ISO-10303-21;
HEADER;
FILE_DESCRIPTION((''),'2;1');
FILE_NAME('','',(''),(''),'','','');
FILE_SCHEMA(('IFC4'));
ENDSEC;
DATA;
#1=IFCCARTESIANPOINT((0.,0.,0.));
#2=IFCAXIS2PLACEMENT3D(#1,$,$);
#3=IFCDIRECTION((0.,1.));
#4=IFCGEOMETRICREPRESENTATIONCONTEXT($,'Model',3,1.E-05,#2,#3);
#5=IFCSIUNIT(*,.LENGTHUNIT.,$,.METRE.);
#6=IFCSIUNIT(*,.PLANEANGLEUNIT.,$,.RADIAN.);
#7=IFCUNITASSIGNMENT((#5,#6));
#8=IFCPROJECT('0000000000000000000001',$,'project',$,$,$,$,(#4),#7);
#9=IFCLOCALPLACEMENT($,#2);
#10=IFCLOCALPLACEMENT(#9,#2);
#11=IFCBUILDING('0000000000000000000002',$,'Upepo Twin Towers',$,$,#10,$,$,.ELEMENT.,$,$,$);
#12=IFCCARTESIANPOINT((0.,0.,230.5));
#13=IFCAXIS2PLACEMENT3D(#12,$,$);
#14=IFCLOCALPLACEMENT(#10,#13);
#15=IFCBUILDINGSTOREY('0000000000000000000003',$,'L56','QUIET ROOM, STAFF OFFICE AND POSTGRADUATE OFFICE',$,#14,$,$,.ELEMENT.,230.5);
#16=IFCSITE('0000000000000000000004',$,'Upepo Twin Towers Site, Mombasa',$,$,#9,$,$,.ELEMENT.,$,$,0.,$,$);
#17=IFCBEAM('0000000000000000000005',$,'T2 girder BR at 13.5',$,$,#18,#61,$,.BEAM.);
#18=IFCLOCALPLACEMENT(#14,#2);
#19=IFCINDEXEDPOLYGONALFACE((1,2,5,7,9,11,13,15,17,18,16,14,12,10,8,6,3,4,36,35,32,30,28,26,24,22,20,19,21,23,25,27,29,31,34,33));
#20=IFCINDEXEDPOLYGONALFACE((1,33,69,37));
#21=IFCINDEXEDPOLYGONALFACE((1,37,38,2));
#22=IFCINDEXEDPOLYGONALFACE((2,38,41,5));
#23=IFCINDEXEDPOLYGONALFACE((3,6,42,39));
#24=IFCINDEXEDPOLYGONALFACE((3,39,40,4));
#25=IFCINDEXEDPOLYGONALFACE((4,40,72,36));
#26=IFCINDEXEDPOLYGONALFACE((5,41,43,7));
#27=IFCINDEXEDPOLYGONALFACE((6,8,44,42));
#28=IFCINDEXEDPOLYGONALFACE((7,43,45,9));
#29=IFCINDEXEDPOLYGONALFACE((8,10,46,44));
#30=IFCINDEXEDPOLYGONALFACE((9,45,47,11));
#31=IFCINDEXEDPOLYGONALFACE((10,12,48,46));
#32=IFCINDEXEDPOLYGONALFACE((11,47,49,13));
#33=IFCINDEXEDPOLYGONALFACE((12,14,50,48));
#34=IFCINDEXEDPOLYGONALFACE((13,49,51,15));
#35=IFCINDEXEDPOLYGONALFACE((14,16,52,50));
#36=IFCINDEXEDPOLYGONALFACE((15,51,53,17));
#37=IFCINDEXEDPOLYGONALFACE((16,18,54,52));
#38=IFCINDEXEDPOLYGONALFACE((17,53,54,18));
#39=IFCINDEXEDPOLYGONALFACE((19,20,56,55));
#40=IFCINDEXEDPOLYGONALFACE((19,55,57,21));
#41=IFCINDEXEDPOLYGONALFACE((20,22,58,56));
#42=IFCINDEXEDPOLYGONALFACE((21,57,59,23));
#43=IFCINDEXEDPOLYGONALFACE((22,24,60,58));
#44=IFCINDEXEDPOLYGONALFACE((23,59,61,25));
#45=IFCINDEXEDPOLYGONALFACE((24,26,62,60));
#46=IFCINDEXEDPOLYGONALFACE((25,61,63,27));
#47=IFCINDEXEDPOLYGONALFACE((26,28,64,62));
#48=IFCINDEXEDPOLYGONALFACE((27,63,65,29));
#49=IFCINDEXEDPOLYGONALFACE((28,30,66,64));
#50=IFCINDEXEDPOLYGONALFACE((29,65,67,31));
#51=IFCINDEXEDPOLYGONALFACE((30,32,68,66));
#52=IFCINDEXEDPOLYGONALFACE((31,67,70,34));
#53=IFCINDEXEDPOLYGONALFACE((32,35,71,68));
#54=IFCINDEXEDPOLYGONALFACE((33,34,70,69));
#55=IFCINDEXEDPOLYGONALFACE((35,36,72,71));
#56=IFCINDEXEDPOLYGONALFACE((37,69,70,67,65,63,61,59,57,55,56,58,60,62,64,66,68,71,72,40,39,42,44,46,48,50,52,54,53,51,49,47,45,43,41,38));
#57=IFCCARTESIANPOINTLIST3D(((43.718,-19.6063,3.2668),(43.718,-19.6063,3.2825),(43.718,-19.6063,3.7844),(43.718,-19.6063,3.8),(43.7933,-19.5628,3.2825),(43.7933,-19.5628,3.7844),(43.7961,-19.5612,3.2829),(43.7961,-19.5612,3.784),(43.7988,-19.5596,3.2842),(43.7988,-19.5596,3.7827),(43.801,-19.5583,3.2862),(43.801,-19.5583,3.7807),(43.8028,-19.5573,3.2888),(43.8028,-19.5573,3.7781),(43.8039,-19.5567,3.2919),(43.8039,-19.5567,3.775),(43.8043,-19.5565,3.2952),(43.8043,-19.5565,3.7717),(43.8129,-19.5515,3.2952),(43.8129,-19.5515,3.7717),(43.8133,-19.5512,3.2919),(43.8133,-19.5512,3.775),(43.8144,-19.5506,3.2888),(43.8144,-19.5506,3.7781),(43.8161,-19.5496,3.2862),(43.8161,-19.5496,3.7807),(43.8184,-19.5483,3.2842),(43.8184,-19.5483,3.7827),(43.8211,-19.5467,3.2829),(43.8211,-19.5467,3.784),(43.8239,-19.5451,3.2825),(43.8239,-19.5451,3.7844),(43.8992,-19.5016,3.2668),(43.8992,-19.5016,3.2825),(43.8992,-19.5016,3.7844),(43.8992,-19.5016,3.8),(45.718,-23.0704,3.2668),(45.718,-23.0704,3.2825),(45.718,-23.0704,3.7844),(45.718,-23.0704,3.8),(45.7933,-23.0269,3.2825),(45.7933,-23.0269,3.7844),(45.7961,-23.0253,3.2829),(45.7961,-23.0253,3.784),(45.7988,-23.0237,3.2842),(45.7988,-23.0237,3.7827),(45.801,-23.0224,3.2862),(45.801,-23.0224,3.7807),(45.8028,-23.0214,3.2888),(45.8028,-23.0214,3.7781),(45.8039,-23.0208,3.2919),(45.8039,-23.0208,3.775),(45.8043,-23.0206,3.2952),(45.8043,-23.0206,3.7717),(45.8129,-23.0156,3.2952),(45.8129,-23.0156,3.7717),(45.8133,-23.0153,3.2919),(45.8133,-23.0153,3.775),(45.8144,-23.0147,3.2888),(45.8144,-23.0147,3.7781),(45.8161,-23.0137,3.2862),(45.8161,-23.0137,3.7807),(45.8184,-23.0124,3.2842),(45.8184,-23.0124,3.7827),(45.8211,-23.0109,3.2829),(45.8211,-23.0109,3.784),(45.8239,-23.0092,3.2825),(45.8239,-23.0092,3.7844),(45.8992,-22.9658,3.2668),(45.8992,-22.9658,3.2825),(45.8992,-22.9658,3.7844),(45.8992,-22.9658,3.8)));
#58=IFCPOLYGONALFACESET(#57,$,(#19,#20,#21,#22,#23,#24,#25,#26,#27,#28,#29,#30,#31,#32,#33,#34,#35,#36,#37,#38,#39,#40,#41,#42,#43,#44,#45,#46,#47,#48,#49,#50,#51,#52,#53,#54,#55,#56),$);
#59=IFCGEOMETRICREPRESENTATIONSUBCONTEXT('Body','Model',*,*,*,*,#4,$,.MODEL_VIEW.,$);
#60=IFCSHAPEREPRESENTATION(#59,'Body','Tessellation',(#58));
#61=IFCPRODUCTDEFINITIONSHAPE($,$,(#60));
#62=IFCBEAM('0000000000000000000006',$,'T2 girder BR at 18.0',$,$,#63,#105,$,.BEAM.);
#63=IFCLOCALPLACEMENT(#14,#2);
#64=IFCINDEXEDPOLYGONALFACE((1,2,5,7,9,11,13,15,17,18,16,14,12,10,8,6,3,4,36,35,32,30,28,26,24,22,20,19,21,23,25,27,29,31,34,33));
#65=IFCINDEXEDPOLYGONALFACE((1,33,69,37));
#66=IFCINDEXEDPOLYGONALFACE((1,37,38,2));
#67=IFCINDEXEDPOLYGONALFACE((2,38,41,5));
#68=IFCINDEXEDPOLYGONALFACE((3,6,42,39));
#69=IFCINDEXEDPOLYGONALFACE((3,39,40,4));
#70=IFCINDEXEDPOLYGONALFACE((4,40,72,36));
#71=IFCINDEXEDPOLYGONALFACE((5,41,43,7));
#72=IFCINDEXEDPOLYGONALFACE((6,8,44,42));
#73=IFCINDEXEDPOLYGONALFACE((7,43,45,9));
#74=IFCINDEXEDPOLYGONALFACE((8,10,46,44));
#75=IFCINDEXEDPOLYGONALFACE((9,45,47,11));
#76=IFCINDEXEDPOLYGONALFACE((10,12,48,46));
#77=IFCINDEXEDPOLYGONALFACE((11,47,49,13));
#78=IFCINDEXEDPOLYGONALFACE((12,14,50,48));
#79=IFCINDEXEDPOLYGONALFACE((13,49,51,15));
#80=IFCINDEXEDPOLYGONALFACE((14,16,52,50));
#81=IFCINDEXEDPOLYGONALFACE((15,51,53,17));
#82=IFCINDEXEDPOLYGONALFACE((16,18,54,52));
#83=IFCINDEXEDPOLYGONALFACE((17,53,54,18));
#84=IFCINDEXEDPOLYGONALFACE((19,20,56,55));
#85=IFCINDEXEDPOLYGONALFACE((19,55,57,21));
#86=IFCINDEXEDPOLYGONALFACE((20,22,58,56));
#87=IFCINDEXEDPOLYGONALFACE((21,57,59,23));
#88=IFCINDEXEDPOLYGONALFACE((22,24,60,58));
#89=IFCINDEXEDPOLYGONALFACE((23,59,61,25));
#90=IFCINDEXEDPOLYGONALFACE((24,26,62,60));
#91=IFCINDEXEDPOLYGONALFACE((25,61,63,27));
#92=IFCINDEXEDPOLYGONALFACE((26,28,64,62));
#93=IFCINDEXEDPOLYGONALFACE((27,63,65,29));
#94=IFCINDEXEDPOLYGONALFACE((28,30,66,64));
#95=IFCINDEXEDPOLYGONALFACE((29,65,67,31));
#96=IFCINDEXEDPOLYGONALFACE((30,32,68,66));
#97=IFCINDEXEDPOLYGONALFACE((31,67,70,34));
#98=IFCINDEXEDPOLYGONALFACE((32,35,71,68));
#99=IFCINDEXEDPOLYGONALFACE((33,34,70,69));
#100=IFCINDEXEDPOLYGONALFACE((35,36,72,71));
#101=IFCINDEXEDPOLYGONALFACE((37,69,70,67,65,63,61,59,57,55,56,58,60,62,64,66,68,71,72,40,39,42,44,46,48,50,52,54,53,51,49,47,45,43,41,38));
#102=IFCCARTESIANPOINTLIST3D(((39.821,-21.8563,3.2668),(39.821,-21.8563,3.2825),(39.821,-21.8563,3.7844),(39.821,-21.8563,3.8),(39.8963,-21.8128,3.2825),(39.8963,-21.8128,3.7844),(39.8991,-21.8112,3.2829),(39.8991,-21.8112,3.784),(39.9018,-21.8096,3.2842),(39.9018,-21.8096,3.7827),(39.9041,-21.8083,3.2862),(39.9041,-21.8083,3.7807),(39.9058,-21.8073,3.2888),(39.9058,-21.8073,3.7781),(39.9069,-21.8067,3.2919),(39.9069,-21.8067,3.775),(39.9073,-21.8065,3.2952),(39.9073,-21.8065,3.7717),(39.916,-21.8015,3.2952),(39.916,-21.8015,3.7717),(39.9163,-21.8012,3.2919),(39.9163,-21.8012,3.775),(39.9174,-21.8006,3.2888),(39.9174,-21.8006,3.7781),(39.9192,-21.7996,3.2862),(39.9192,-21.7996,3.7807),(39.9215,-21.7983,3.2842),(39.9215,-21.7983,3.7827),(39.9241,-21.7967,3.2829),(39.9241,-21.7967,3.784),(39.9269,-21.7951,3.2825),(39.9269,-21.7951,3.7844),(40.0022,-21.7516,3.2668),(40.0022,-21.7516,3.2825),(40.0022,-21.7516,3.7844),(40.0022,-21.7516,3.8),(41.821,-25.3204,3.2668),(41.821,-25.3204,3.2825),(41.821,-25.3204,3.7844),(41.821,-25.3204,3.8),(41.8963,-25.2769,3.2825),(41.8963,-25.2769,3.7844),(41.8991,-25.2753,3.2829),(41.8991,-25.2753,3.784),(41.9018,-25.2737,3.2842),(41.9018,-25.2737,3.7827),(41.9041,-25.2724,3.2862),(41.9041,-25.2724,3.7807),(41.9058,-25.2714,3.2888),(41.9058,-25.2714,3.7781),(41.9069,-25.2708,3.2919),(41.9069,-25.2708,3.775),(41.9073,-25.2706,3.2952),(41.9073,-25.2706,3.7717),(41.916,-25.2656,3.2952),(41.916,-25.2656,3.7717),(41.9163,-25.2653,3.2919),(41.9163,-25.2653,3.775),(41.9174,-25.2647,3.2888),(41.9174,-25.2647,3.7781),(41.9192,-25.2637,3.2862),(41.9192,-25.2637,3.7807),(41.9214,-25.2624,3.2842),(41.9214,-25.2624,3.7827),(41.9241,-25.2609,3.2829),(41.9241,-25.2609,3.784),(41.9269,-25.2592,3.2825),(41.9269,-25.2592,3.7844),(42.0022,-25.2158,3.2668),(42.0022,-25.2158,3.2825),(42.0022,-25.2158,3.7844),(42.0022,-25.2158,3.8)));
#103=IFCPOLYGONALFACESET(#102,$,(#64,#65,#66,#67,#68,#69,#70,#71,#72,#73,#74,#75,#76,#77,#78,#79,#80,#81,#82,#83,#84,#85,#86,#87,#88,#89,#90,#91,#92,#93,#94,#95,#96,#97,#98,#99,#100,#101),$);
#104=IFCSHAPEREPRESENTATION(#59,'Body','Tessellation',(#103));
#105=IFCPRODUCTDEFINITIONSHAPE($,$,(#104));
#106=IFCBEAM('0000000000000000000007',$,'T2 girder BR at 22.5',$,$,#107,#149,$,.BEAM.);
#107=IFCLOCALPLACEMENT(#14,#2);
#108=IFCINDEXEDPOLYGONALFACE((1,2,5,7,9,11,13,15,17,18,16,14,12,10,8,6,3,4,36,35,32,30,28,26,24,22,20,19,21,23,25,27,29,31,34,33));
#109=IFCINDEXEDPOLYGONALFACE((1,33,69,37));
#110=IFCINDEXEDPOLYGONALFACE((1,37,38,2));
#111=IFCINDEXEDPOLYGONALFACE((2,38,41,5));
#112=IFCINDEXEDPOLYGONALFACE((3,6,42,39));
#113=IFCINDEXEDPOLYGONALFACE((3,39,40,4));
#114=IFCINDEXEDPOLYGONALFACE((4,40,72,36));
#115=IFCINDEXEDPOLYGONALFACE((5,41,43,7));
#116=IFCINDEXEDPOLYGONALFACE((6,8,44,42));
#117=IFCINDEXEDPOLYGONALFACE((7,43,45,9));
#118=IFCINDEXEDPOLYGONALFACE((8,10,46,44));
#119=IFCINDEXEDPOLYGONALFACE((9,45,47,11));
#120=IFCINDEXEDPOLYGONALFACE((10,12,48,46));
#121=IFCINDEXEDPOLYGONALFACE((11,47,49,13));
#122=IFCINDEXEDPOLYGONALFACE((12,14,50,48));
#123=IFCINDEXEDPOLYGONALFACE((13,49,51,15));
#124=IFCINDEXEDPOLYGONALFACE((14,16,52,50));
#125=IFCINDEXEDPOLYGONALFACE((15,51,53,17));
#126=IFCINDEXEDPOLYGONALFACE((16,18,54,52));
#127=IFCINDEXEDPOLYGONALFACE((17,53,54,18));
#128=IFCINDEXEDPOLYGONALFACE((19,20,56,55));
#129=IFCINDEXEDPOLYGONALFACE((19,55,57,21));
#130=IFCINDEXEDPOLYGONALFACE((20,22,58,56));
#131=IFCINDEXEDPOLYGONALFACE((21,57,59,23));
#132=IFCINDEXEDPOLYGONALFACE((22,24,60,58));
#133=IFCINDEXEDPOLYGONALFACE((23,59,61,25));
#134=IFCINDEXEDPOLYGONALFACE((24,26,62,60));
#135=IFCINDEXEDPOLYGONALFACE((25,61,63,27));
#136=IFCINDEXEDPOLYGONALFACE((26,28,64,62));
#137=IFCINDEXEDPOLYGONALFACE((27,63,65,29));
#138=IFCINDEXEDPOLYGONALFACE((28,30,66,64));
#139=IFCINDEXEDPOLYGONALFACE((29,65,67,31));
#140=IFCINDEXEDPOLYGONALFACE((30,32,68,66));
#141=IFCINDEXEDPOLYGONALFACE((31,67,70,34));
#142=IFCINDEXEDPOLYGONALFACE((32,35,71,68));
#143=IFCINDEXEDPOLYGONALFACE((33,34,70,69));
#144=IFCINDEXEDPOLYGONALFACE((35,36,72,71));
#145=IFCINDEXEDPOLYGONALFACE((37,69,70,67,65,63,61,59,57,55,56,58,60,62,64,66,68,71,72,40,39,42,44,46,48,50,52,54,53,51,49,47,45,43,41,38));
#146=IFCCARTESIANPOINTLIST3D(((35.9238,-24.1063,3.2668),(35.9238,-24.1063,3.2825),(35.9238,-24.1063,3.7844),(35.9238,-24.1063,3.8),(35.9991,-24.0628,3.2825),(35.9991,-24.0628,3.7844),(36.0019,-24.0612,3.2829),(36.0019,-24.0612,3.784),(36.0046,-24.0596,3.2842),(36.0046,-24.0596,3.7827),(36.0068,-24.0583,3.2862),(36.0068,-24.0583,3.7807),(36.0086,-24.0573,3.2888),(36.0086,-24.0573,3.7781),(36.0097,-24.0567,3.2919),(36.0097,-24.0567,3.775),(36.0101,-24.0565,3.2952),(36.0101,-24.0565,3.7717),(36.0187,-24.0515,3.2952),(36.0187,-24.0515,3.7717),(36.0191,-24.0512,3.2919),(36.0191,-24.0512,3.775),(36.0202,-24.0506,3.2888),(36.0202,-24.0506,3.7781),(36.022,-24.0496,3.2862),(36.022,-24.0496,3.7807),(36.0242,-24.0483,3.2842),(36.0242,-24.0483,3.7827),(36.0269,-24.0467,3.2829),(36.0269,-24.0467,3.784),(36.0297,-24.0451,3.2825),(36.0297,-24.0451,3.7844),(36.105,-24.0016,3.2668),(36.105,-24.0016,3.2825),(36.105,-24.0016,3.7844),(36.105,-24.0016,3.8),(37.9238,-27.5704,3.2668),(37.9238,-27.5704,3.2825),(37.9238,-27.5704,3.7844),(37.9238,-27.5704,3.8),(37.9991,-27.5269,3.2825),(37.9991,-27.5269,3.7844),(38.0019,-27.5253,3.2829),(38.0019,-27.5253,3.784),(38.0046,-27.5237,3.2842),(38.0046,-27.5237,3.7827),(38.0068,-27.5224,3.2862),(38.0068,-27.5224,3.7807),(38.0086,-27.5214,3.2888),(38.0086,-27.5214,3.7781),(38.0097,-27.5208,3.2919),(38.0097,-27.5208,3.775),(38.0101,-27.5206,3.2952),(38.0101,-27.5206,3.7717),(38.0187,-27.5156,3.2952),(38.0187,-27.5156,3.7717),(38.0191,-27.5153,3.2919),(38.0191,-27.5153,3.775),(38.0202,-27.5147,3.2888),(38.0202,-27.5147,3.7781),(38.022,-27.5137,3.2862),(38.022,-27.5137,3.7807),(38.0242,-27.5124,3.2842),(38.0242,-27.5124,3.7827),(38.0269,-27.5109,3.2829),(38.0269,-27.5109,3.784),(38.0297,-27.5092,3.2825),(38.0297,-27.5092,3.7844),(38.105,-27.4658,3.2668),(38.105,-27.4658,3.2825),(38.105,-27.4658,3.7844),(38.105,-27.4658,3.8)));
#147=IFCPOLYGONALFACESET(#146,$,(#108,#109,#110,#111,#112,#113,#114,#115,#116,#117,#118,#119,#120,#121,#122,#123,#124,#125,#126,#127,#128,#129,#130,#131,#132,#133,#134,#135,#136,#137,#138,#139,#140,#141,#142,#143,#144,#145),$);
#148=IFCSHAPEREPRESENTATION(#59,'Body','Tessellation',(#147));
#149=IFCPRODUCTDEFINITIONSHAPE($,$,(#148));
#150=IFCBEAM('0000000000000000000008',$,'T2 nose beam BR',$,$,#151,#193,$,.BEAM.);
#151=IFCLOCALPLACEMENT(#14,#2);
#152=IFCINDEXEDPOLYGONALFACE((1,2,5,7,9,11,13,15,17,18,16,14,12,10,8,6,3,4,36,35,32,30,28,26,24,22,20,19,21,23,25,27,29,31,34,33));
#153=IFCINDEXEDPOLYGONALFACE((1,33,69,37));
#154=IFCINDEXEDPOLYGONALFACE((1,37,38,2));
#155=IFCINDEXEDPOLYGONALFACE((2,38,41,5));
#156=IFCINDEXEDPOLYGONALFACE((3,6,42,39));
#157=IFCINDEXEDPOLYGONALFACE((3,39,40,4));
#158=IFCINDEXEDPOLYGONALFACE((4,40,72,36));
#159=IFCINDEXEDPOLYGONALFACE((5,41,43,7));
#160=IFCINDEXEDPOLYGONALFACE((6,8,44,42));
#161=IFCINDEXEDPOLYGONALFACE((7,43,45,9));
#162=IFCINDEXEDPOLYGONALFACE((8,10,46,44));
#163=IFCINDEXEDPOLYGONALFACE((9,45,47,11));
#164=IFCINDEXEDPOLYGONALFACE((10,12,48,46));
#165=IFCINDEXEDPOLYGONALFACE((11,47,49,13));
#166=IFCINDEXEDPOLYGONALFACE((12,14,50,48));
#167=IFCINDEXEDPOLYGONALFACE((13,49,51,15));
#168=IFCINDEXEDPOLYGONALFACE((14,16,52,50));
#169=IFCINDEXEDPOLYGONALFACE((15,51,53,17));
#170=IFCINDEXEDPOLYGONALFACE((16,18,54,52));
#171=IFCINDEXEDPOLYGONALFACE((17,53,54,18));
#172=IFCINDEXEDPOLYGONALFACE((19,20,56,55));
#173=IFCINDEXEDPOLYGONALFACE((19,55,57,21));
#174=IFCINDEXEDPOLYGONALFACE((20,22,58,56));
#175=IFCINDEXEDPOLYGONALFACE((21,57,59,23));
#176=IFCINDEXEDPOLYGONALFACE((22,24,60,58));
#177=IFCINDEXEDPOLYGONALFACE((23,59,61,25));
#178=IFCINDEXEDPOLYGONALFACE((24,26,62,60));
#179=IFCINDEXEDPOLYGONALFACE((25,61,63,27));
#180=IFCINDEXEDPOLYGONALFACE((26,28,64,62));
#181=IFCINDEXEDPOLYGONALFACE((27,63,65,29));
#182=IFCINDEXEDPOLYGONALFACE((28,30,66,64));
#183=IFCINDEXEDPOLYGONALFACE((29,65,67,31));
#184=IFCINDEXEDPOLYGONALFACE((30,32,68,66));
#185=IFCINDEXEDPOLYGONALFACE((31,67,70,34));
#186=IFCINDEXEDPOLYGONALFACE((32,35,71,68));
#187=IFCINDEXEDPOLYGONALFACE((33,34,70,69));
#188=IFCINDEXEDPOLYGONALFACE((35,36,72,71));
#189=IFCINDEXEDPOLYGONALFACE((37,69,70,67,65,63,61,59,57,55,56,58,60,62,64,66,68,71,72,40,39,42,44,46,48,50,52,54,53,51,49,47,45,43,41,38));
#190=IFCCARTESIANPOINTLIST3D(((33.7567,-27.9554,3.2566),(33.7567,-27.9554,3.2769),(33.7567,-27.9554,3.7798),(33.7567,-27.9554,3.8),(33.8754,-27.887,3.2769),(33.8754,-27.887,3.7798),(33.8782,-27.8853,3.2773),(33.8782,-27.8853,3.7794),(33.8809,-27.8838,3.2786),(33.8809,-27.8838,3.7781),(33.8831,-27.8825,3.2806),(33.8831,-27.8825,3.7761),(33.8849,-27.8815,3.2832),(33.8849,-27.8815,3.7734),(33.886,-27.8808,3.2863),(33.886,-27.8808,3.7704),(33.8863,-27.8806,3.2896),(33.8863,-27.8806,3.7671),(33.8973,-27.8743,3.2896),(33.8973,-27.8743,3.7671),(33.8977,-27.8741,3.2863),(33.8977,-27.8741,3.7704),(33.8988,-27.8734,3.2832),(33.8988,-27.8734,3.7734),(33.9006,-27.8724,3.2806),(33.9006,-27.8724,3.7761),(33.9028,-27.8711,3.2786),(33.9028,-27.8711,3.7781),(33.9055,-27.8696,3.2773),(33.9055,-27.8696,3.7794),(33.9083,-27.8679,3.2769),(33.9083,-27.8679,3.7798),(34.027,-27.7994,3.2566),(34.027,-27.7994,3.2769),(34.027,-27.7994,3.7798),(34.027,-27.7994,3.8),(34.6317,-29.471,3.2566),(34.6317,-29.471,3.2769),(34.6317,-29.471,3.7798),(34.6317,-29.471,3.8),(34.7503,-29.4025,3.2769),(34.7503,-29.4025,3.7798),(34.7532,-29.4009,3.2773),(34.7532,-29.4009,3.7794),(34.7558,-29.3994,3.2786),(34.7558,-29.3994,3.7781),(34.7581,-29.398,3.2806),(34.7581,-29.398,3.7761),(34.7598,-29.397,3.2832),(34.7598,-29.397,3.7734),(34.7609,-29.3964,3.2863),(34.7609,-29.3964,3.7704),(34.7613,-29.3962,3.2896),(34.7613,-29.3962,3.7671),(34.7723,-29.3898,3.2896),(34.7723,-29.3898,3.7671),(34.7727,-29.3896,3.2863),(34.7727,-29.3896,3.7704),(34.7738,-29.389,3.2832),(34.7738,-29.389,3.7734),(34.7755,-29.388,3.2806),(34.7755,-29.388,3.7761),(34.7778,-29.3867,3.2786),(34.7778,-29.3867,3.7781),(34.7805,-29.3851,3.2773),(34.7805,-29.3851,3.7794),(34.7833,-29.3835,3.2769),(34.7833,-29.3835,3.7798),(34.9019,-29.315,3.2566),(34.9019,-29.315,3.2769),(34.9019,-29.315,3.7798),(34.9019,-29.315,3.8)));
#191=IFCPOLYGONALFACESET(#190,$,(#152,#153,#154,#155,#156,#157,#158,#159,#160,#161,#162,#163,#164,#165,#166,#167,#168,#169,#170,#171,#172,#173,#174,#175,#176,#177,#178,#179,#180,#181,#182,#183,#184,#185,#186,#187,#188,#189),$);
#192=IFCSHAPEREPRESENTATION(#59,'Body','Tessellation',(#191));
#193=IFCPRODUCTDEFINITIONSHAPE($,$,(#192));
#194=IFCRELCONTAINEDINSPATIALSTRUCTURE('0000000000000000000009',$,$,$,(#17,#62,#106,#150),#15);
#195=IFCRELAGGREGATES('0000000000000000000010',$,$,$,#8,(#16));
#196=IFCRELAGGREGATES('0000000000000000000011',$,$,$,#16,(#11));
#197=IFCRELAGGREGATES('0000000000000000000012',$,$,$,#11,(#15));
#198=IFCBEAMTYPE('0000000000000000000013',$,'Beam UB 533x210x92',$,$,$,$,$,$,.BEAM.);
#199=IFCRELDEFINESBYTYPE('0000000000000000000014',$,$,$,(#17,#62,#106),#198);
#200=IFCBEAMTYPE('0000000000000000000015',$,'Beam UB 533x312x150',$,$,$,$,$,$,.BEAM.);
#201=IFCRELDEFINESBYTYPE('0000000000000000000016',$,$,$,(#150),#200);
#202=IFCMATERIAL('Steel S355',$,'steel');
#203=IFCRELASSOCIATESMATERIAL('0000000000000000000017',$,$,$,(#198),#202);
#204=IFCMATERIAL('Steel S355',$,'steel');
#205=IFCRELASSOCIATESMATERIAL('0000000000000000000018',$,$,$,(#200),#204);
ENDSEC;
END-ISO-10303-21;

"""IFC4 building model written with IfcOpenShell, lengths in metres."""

from ifc_helpers import new_model, si_unit, direction, frame, origin, origin_2d, place, context, subcontext, project, spatial, i_section, extrude, material, material_profile, profile_set, type_object, element, save


model = new_model("IFC4")

# Units and contexts
model_context = context("Model", 3, precision=1e-05, world=origin(), true_north=direction((0.0, 1.0)))
body_context = subcontext(model_context, "Body", "Model", "MODEL_VIEW")
ifc_project = project(units=[si_unit("LENGTHUNIT", "METRE"), si_unit("PLANEANGLEUNIT", "RADIAN")], contexts=[model_context])

# Site, building, storey
site_placement = place(None, origin())
site = spatial("IfcSite", under=ifc_project, at=site_placement, Name="Upepo Twin Towers Site, Mombasa", CompositionType="ELEMENT", RefElevation=0.0)
building_placement = place(site_placement, origin())
building = spatial("IfcBuilding", under=site, at=building_placement, Name="Upepo Twin Towers", CompositionType="ELEMENT")
storey_placement = place(building_placement, frame((0.0, 0.0, 230.5)))
storey = spatial("IfcBuildingStorey", under=building, at=storey_placement, Name="L56", Description="QUIET ROOM, STAFF OFFICE AND POSTGRADUATE OFFICE", CompositionType="ELEMENT", Elevation=230.5)

# Beams
ifc_material_1 = material(Name="Steel S355", Category="steel")
ifc_material_profile_1 = material_profile(ifc_material_1, i_section(OverallWidth=0.2092, OverallDepth=0.5332, WebThickness=0.01, FlangeThickness=0.0156, FilletRadius=0.0127, at=origin_2d()), Name="UB 533x210x92")
ifc_profile_set_1 = profile_set([ifc_material_profile_1], Name="Steel S355")
beam_type_1 = type_object("IfcBeamType", Name="Beam UB 533x210x92", PredefinedType="BEAM", material=ifc_profile_set_1)
for number, where, z_axis, x_axis, name in (
    (1, (43.8086, -19.554, 3.5334), (0.499999, -0.866026, 0.0), (0.866026, 0.499999, 0.0), "T2 girder BR at 13.5"),
    (2, (39.9116, -21.804, 3.5334), (0.499999, -0.866026, 0.0), (0.866026, 0.499999, 0.0), "T2 girder BR at 18.0"),
    (3, (36.0144, -24.054, 3.5334), (0.499999, -0.866026, 0.0), (0.866026, 0.499999, 0.0), "T2 girder BR at 22.5"),
):
    element("IfcBeam", number, at=place(storey_placement, frame(where, z_axis=z_axis, x_axis=x_axis)), inside=storey, type_object=beam_type_1, Name=name, PredefinedType="BEAM", context=body_context, shape_type="SweptSolid", body=[
        extrude(i_section(OverallWidth=0.2092, OverallDepth=0.5332, WebThickness=0.01, FlangeThickness=0.0156, FilletRadius=0.0127, at=origin_2d()), origin(), (0.0, 0.0, 1.0), 4.0),
    ])
ifc_material_2 = material(Name="Steel S355", Category="steel")
ifc_material_profile_2 = material_profile(ifc_material_2, i_section(OverallWidth=0.312, OverallDepth=0.5435, WebThickness=0.0127, FlangeThickness=0.0203, FilletRadius=0.0127, at=origin_2d()), Name="UB 533x312x150")
ifc_profile_set_2 = profile_set([ifc_material_profile_2], Name="Steel S355")
beam_type_2 = type_object("IfcBeamType", Name="Beam UB 533x312x150", PredefinedType="BEAM", material=ifc_profile_set_2)
beam_1_placement = place(storey_placement, frame((33.8918, -27.8774, 3.5283), z_axis=(0.49998, -0.866037, 0.0), x_axis=(0.866037, 0.49998, 0.0)))
element("IfcBeam", 4, at=beam_1_placement, inside=storey, type_object=beam_type_2, Name="T2 nose beam BR", PredefinedType="BEAM", context=body_context, shape_type="SweptSolid", body=[
    extrude(i_section(OverallWidth=0.312, OverallDepth=0.5435, WebThickness=0.0127, FlangeThickness=0.0203, FilletRadius=0.0127, at=origin_2d()), origin(), (0.0, 0.0, 1.0), 1.75),
])

save(model, "model.ifc")
